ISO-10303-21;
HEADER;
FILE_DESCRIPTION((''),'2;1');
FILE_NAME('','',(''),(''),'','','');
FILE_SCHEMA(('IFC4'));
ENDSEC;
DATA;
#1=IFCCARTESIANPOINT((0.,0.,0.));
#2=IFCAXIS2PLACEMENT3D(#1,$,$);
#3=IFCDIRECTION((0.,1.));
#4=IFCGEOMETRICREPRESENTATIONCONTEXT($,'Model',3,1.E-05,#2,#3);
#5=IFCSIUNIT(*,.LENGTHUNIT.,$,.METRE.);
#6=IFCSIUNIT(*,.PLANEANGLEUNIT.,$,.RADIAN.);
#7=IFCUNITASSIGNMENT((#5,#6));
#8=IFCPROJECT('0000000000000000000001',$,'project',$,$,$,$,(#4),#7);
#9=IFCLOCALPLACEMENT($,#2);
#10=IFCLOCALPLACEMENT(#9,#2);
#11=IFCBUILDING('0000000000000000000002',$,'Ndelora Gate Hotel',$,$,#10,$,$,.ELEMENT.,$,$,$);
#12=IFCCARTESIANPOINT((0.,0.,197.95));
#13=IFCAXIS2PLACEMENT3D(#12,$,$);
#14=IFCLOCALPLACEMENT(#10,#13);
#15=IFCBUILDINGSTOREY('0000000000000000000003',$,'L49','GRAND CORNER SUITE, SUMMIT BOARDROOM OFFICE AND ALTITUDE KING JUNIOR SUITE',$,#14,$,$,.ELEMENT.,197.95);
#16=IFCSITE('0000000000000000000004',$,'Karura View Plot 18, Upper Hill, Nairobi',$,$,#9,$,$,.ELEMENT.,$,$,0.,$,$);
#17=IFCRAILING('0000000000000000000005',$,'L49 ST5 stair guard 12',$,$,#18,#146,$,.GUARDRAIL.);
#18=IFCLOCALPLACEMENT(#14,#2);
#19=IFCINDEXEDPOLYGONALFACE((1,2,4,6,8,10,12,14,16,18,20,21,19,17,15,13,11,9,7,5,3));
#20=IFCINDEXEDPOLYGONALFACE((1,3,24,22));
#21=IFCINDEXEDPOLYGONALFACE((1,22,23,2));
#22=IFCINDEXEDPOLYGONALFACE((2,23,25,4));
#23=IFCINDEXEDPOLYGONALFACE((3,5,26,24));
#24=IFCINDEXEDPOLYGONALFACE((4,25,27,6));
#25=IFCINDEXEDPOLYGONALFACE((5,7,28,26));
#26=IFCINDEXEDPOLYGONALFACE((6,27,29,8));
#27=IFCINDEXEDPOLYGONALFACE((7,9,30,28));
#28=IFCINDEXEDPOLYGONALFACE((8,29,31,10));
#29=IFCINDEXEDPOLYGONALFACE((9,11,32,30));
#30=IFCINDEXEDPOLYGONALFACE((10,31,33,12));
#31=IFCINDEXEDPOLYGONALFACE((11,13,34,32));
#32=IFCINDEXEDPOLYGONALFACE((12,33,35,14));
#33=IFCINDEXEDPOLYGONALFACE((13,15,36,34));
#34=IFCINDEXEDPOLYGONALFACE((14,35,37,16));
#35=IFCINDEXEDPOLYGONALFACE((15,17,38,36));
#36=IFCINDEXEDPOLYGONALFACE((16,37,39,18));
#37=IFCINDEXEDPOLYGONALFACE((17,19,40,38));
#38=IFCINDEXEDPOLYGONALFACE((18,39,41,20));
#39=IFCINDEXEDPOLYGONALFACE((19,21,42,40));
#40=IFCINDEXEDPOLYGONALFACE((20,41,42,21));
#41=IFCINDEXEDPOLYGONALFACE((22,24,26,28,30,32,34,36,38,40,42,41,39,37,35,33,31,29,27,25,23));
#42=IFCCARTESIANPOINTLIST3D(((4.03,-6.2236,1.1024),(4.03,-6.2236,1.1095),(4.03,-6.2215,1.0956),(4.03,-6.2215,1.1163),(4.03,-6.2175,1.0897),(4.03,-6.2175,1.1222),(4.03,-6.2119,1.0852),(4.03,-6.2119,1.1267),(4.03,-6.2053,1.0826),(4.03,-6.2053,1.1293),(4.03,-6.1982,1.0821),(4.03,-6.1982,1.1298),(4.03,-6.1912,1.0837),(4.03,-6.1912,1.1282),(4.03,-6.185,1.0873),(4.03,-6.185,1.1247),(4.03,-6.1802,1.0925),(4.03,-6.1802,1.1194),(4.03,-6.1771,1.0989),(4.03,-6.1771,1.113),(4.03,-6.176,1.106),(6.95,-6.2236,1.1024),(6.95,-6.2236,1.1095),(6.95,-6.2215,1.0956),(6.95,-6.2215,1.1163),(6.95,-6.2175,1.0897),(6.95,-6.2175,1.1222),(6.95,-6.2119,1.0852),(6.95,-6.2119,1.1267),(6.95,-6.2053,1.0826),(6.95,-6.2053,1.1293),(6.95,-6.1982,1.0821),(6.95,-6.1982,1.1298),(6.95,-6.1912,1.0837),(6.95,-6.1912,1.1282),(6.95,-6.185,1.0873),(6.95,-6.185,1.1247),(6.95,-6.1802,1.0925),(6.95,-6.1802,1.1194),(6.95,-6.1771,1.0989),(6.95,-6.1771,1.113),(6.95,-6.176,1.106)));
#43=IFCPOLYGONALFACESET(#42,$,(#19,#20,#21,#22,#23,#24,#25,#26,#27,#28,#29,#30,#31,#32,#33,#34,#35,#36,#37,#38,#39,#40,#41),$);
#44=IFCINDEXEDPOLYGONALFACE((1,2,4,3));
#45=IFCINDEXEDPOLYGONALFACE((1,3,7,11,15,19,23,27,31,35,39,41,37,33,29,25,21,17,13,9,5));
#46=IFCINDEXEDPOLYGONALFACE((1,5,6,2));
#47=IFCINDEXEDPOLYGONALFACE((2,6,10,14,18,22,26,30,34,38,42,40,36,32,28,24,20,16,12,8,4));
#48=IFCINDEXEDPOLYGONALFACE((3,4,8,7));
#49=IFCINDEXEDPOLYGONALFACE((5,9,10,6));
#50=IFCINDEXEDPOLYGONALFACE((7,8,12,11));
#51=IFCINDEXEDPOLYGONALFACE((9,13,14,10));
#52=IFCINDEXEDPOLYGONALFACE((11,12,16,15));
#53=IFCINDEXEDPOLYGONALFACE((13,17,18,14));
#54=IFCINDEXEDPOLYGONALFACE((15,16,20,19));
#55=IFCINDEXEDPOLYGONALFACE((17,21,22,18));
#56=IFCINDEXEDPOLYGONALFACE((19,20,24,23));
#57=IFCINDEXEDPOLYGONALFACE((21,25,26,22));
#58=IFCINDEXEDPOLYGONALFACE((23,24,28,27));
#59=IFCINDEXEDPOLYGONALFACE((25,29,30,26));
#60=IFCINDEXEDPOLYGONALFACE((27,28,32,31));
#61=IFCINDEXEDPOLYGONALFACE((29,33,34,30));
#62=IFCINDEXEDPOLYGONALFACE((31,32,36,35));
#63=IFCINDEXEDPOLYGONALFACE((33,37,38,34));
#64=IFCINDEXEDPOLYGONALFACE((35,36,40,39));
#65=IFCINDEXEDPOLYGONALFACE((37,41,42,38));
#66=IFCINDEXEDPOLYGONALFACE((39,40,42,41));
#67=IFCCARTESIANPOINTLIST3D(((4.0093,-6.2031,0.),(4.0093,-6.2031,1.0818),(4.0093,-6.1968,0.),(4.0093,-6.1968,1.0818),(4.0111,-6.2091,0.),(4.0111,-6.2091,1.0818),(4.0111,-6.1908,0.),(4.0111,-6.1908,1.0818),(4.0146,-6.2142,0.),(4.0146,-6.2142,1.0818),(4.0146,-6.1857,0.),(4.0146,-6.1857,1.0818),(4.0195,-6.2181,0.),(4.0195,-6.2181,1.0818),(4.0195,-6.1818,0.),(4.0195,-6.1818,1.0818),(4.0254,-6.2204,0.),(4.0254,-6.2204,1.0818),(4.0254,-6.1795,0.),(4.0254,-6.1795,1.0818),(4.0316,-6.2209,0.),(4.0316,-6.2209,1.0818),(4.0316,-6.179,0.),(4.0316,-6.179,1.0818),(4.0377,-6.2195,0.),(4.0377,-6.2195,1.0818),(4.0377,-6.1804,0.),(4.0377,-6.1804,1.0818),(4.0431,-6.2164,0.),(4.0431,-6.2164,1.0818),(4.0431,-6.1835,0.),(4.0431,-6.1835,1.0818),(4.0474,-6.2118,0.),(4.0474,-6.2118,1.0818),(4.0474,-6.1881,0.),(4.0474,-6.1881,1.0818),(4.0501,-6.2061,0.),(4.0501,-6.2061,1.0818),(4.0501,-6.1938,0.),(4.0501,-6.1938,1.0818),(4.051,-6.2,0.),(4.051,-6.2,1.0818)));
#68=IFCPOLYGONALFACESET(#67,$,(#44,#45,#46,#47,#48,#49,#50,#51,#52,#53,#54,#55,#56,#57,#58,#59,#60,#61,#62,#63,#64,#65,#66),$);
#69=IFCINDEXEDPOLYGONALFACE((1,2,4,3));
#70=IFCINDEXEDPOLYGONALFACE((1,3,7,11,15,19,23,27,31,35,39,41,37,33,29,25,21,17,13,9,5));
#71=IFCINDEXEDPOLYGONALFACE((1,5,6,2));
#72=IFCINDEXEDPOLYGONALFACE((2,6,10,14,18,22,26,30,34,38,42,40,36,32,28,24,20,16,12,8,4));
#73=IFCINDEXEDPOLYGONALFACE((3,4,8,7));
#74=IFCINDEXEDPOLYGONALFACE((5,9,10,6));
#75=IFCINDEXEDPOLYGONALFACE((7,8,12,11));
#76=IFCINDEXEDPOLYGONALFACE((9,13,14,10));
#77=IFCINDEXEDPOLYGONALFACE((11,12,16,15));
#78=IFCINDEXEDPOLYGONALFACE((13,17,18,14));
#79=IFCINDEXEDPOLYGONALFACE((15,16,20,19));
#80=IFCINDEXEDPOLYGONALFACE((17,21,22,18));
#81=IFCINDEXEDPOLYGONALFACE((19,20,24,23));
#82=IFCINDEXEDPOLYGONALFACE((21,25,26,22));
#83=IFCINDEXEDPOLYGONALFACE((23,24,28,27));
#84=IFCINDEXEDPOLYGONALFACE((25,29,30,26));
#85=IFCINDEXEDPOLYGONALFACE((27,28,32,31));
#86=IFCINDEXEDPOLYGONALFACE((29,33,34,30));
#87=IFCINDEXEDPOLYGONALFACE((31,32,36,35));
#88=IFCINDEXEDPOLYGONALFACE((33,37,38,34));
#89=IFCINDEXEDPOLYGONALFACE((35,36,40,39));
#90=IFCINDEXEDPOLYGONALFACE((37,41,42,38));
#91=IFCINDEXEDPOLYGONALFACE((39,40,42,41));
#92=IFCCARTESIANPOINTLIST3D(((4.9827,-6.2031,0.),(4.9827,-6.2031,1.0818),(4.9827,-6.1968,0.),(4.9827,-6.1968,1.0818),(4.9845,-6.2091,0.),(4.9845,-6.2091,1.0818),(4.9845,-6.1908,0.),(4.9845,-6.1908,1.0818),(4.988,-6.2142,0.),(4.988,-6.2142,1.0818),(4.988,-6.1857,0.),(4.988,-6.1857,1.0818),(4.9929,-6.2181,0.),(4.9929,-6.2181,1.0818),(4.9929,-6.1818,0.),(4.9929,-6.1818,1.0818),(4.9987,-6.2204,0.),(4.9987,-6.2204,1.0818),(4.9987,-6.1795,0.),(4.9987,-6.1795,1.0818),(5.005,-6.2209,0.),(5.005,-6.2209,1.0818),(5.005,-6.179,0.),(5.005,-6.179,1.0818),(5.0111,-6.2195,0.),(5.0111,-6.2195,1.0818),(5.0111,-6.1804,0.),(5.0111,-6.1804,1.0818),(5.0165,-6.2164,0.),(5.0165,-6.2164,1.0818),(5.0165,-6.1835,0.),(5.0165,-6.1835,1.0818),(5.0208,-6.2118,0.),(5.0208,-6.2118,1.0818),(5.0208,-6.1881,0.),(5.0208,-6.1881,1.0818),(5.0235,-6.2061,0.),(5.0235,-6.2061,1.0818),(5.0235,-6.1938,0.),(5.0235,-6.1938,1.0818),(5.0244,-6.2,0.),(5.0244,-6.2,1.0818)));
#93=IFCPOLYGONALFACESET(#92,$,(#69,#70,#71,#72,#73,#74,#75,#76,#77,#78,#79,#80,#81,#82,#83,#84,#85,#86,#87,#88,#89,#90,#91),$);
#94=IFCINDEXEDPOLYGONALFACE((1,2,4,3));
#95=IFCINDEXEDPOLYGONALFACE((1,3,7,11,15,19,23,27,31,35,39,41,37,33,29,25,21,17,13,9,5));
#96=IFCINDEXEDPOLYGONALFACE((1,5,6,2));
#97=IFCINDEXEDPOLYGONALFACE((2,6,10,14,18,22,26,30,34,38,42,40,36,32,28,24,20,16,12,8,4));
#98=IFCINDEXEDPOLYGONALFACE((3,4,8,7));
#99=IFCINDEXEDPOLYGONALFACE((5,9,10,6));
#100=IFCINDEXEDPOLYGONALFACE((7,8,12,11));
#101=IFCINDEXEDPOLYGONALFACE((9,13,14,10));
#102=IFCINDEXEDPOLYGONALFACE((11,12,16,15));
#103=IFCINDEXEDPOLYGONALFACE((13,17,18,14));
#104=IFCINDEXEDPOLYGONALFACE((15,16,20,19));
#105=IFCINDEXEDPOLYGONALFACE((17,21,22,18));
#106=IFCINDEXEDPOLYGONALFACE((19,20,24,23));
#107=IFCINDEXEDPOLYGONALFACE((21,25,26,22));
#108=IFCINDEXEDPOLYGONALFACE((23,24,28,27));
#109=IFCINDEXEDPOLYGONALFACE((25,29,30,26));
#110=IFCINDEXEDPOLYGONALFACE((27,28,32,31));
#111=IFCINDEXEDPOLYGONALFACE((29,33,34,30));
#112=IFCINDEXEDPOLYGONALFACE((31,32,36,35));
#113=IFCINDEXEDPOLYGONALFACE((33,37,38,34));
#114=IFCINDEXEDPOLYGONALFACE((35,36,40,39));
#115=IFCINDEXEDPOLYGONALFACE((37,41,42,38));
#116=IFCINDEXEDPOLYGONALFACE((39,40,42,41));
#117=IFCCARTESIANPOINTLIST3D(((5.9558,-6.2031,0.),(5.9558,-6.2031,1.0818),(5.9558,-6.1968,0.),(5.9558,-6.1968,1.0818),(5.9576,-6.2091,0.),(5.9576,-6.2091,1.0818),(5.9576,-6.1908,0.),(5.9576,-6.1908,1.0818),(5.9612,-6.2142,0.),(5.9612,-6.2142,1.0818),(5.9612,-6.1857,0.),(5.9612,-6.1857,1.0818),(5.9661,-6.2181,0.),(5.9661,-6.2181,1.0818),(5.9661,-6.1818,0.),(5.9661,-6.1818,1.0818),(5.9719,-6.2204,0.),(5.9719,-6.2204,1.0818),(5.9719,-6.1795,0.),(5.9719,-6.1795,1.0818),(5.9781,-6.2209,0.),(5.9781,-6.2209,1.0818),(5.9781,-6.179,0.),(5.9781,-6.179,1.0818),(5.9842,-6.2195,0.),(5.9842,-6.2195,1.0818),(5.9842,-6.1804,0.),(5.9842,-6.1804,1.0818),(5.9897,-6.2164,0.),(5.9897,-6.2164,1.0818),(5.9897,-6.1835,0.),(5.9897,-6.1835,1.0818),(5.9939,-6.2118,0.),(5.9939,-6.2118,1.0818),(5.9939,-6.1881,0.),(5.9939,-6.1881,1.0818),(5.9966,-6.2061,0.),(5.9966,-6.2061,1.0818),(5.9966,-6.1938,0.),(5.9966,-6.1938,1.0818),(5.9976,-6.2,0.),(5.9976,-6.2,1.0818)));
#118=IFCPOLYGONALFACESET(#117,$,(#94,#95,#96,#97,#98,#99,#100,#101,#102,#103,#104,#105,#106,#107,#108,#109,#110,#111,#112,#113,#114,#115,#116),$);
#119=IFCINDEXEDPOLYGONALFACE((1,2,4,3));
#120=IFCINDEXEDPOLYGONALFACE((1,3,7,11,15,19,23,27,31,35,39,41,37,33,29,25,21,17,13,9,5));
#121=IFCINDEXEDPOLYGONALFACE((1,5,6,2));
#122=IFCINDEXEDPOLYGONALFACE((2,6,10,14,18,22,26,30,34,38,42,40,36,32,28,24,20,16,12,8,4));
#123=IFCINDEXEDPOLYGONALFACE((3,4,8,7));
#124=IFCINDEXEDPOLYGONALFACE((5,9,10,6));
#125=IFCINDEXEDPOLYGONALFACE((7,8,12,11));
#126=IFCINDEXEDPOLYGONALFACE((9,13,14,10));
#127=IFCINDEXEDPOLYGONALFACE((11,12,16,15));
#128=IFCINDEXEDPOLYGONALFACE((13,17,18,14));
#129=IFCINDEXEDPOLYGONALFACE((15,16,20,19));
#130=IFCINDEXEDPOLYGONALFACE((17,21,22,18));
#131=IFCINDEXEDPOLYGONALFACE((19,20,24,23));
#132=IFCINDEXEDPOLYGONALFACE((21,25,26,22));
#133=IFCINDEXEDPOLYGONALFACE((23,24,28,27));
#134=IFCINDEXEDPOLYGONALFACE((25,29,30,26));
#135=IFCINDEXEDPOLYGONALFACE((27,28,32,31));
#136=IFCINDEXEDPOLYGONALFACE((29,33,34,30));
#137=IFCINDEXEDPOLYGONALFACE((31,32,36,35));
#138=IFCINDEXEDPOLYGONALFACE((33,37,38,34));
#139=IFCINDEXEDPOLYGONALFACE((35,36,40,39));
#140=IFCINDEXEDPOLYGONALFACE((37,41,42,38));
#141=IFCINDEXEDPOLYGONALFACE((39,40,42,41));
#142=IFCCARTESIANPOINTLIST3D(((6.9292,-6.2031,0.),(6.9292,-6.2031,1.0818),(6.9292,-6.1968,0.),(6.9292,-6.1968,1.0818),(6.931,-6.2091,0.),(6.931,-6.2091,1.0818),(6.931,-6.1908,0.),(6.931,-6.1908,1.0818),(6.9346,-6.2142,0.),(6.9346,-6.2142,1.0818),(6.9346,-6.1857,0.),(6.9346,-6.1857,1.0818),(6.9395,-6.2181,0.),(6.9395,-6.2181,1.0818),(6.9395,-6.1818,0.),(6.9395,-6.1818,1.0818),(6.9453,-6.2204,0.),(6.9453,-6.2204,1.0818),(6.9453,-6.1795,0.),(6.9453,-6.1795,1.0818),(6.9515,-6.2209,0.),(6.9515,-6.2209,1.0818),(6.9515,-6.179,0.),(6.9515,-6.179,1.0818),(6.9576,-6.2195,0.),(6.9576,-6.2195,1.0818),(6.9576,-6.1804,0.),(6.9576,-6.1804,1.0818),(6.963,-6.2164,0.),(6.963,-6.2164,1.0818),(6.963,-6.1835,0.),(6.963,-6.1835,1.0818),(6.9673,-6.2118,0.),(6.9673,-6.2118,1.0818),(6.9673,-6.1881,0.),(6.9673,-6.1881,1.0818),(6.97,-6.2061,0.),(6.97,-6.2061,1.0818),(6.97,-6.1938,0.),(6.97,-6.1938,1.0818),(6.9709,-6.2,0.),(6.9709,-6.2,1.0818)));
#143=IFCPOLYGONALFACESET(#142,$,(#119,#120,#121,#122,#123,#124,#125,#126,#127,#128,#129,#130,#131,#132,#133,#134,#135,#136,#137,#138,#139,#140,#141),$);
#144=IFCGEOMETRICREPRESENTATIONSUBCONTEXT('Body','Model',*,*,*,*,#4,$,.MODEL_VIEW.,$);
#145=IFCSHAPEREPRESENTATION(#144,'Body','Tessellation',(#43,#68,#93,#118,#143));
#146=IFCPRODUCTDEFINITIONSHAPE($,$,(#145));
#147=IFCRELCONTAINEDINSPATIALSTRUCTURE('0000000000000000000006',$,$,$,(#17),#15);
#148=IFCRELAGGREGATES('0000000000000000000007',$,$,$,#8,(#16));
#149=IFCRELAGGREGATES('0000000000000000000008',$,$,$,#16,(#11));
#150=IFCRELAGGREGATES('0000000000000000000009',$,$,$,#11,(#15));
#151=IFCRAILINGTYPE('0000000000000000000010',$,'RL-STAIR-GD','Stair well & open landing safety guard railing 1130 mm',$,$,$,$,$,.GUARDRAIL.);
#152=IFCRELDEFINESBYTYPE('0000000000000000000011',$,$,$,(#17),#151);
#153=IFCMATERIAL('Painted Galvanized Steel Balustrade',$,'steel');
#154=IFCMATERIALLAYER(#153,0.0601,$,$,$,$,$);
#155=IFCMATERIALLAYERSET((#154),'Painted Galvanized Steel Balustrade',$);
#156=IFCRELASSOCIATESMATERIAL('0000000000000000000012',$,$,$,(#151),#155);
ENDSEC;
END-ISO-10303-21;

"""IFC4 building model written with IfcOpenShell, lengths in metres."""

from ifc_helpers import new_model, si_unit, direction, frame, origin, origin_2d, place, context, subcontext, project, spatial, circle, extrude, material, layer, layer_set, type_object, element, save


model = new_model("IFC4")

# Units and contexts
model_context = context("Model", 3, precision=1e-05, world=origin(), true_north=direction((0.0, 1.0)))
body_context = subcontext(model_context, "Body", "Model", "MODEL_VIEW")
ifc_project = project(units=[si_unit("LENGTHUNIT", "METRE"), si_unit("PLANEANGLEUNIT", "RADIAN")], contexts=[model_context])

# Site, building, storey
site_placement = place(None, origin())
site = spatial("IfcSite", under=ifc_project, at=site_placement, Name="Karura View Plot 18, Upper Hill, Nairobi", CompositionType="ELEMENT", RefElevation=0.0)
building_placement = place(site_placement, origin())
building = spatial("IfcBuilding", under=site, at=building_placement, Name="Ndelora Gate Hotel", CompositionType="ELEMENT")
storey_placement = place(building_placement, frame((0.0, 0.0, 197.95)))
storey = spatial("IfcBuildingStorey", under=building, at=storey_placement, Name="L49", Description="GRAND CORNER SUITE, SUMMIT BOARDROOM OFFICE AND ALTITUDE KING JUNIOR SUITE", CompositionType="ELEMENT", Elevation=197.95)

# Railing
ifc_material_1 = material(Name="Painted Galvanized Steel Balustrade", Category="steel")
ifc_layer_1 = layer(ifc_material_1, 0.0601)
ifc_layer_set_1 = layer_set([ifc_layer_1], Name="Painted Galvanized Steel Balustrade")
railing_type_1 = type_object("IfcRailingType", Name="RL-STAIR-GD", Description="Stair well & open landing safety guard railing 1130 mm", PredefinedType="GUARDRAIL", material=ifc_layer_set_1)
railing_1_placement = place(storey_placement, frame((4.03, -6.2, 0.0)))
element("IfcRailing", 1, at=railing_1_placement, inside=storey, type_object=railing_type_1, Name="L49 ST5 stair guard 12", PredefinedType="GUARDRAIL", context=body_context, shape_type="SweptSolid", body=[
    extrude(circle(Radius=0.0239, at=origin_2d()), frame((0.0, 0.0, 1.106), z_axis=(1.0, 0.0, 0.0), x_axis=(0.0, 1.0, 0.0)), (0.0, 0.0, 1.0), 2.9199),
    extrude(circle(Radius=0.021, at=origin_2d()), origin(), (0.0, 0.0, 1.0), 1.0818),
    extrude(circle(Radius=0.021, at=origin_2d()), frame((0.9734, 0.0, 0.0)), (0.0, 0.0, 1.0), 1.0818),
    extrude(circle(Radius=0.021, at=origin_2d()), frame((1.9465, 0.0, 0.0)), (0.0, 0.0, 1.0), 1.0818),
    extrude(circle(Radius=0.021, at=origin_2d()), frame((2.9199, 0.0, 0.0)), (0.0, 0.0, 1.0), 1.0818),
])

save(model, "model.ifc")
